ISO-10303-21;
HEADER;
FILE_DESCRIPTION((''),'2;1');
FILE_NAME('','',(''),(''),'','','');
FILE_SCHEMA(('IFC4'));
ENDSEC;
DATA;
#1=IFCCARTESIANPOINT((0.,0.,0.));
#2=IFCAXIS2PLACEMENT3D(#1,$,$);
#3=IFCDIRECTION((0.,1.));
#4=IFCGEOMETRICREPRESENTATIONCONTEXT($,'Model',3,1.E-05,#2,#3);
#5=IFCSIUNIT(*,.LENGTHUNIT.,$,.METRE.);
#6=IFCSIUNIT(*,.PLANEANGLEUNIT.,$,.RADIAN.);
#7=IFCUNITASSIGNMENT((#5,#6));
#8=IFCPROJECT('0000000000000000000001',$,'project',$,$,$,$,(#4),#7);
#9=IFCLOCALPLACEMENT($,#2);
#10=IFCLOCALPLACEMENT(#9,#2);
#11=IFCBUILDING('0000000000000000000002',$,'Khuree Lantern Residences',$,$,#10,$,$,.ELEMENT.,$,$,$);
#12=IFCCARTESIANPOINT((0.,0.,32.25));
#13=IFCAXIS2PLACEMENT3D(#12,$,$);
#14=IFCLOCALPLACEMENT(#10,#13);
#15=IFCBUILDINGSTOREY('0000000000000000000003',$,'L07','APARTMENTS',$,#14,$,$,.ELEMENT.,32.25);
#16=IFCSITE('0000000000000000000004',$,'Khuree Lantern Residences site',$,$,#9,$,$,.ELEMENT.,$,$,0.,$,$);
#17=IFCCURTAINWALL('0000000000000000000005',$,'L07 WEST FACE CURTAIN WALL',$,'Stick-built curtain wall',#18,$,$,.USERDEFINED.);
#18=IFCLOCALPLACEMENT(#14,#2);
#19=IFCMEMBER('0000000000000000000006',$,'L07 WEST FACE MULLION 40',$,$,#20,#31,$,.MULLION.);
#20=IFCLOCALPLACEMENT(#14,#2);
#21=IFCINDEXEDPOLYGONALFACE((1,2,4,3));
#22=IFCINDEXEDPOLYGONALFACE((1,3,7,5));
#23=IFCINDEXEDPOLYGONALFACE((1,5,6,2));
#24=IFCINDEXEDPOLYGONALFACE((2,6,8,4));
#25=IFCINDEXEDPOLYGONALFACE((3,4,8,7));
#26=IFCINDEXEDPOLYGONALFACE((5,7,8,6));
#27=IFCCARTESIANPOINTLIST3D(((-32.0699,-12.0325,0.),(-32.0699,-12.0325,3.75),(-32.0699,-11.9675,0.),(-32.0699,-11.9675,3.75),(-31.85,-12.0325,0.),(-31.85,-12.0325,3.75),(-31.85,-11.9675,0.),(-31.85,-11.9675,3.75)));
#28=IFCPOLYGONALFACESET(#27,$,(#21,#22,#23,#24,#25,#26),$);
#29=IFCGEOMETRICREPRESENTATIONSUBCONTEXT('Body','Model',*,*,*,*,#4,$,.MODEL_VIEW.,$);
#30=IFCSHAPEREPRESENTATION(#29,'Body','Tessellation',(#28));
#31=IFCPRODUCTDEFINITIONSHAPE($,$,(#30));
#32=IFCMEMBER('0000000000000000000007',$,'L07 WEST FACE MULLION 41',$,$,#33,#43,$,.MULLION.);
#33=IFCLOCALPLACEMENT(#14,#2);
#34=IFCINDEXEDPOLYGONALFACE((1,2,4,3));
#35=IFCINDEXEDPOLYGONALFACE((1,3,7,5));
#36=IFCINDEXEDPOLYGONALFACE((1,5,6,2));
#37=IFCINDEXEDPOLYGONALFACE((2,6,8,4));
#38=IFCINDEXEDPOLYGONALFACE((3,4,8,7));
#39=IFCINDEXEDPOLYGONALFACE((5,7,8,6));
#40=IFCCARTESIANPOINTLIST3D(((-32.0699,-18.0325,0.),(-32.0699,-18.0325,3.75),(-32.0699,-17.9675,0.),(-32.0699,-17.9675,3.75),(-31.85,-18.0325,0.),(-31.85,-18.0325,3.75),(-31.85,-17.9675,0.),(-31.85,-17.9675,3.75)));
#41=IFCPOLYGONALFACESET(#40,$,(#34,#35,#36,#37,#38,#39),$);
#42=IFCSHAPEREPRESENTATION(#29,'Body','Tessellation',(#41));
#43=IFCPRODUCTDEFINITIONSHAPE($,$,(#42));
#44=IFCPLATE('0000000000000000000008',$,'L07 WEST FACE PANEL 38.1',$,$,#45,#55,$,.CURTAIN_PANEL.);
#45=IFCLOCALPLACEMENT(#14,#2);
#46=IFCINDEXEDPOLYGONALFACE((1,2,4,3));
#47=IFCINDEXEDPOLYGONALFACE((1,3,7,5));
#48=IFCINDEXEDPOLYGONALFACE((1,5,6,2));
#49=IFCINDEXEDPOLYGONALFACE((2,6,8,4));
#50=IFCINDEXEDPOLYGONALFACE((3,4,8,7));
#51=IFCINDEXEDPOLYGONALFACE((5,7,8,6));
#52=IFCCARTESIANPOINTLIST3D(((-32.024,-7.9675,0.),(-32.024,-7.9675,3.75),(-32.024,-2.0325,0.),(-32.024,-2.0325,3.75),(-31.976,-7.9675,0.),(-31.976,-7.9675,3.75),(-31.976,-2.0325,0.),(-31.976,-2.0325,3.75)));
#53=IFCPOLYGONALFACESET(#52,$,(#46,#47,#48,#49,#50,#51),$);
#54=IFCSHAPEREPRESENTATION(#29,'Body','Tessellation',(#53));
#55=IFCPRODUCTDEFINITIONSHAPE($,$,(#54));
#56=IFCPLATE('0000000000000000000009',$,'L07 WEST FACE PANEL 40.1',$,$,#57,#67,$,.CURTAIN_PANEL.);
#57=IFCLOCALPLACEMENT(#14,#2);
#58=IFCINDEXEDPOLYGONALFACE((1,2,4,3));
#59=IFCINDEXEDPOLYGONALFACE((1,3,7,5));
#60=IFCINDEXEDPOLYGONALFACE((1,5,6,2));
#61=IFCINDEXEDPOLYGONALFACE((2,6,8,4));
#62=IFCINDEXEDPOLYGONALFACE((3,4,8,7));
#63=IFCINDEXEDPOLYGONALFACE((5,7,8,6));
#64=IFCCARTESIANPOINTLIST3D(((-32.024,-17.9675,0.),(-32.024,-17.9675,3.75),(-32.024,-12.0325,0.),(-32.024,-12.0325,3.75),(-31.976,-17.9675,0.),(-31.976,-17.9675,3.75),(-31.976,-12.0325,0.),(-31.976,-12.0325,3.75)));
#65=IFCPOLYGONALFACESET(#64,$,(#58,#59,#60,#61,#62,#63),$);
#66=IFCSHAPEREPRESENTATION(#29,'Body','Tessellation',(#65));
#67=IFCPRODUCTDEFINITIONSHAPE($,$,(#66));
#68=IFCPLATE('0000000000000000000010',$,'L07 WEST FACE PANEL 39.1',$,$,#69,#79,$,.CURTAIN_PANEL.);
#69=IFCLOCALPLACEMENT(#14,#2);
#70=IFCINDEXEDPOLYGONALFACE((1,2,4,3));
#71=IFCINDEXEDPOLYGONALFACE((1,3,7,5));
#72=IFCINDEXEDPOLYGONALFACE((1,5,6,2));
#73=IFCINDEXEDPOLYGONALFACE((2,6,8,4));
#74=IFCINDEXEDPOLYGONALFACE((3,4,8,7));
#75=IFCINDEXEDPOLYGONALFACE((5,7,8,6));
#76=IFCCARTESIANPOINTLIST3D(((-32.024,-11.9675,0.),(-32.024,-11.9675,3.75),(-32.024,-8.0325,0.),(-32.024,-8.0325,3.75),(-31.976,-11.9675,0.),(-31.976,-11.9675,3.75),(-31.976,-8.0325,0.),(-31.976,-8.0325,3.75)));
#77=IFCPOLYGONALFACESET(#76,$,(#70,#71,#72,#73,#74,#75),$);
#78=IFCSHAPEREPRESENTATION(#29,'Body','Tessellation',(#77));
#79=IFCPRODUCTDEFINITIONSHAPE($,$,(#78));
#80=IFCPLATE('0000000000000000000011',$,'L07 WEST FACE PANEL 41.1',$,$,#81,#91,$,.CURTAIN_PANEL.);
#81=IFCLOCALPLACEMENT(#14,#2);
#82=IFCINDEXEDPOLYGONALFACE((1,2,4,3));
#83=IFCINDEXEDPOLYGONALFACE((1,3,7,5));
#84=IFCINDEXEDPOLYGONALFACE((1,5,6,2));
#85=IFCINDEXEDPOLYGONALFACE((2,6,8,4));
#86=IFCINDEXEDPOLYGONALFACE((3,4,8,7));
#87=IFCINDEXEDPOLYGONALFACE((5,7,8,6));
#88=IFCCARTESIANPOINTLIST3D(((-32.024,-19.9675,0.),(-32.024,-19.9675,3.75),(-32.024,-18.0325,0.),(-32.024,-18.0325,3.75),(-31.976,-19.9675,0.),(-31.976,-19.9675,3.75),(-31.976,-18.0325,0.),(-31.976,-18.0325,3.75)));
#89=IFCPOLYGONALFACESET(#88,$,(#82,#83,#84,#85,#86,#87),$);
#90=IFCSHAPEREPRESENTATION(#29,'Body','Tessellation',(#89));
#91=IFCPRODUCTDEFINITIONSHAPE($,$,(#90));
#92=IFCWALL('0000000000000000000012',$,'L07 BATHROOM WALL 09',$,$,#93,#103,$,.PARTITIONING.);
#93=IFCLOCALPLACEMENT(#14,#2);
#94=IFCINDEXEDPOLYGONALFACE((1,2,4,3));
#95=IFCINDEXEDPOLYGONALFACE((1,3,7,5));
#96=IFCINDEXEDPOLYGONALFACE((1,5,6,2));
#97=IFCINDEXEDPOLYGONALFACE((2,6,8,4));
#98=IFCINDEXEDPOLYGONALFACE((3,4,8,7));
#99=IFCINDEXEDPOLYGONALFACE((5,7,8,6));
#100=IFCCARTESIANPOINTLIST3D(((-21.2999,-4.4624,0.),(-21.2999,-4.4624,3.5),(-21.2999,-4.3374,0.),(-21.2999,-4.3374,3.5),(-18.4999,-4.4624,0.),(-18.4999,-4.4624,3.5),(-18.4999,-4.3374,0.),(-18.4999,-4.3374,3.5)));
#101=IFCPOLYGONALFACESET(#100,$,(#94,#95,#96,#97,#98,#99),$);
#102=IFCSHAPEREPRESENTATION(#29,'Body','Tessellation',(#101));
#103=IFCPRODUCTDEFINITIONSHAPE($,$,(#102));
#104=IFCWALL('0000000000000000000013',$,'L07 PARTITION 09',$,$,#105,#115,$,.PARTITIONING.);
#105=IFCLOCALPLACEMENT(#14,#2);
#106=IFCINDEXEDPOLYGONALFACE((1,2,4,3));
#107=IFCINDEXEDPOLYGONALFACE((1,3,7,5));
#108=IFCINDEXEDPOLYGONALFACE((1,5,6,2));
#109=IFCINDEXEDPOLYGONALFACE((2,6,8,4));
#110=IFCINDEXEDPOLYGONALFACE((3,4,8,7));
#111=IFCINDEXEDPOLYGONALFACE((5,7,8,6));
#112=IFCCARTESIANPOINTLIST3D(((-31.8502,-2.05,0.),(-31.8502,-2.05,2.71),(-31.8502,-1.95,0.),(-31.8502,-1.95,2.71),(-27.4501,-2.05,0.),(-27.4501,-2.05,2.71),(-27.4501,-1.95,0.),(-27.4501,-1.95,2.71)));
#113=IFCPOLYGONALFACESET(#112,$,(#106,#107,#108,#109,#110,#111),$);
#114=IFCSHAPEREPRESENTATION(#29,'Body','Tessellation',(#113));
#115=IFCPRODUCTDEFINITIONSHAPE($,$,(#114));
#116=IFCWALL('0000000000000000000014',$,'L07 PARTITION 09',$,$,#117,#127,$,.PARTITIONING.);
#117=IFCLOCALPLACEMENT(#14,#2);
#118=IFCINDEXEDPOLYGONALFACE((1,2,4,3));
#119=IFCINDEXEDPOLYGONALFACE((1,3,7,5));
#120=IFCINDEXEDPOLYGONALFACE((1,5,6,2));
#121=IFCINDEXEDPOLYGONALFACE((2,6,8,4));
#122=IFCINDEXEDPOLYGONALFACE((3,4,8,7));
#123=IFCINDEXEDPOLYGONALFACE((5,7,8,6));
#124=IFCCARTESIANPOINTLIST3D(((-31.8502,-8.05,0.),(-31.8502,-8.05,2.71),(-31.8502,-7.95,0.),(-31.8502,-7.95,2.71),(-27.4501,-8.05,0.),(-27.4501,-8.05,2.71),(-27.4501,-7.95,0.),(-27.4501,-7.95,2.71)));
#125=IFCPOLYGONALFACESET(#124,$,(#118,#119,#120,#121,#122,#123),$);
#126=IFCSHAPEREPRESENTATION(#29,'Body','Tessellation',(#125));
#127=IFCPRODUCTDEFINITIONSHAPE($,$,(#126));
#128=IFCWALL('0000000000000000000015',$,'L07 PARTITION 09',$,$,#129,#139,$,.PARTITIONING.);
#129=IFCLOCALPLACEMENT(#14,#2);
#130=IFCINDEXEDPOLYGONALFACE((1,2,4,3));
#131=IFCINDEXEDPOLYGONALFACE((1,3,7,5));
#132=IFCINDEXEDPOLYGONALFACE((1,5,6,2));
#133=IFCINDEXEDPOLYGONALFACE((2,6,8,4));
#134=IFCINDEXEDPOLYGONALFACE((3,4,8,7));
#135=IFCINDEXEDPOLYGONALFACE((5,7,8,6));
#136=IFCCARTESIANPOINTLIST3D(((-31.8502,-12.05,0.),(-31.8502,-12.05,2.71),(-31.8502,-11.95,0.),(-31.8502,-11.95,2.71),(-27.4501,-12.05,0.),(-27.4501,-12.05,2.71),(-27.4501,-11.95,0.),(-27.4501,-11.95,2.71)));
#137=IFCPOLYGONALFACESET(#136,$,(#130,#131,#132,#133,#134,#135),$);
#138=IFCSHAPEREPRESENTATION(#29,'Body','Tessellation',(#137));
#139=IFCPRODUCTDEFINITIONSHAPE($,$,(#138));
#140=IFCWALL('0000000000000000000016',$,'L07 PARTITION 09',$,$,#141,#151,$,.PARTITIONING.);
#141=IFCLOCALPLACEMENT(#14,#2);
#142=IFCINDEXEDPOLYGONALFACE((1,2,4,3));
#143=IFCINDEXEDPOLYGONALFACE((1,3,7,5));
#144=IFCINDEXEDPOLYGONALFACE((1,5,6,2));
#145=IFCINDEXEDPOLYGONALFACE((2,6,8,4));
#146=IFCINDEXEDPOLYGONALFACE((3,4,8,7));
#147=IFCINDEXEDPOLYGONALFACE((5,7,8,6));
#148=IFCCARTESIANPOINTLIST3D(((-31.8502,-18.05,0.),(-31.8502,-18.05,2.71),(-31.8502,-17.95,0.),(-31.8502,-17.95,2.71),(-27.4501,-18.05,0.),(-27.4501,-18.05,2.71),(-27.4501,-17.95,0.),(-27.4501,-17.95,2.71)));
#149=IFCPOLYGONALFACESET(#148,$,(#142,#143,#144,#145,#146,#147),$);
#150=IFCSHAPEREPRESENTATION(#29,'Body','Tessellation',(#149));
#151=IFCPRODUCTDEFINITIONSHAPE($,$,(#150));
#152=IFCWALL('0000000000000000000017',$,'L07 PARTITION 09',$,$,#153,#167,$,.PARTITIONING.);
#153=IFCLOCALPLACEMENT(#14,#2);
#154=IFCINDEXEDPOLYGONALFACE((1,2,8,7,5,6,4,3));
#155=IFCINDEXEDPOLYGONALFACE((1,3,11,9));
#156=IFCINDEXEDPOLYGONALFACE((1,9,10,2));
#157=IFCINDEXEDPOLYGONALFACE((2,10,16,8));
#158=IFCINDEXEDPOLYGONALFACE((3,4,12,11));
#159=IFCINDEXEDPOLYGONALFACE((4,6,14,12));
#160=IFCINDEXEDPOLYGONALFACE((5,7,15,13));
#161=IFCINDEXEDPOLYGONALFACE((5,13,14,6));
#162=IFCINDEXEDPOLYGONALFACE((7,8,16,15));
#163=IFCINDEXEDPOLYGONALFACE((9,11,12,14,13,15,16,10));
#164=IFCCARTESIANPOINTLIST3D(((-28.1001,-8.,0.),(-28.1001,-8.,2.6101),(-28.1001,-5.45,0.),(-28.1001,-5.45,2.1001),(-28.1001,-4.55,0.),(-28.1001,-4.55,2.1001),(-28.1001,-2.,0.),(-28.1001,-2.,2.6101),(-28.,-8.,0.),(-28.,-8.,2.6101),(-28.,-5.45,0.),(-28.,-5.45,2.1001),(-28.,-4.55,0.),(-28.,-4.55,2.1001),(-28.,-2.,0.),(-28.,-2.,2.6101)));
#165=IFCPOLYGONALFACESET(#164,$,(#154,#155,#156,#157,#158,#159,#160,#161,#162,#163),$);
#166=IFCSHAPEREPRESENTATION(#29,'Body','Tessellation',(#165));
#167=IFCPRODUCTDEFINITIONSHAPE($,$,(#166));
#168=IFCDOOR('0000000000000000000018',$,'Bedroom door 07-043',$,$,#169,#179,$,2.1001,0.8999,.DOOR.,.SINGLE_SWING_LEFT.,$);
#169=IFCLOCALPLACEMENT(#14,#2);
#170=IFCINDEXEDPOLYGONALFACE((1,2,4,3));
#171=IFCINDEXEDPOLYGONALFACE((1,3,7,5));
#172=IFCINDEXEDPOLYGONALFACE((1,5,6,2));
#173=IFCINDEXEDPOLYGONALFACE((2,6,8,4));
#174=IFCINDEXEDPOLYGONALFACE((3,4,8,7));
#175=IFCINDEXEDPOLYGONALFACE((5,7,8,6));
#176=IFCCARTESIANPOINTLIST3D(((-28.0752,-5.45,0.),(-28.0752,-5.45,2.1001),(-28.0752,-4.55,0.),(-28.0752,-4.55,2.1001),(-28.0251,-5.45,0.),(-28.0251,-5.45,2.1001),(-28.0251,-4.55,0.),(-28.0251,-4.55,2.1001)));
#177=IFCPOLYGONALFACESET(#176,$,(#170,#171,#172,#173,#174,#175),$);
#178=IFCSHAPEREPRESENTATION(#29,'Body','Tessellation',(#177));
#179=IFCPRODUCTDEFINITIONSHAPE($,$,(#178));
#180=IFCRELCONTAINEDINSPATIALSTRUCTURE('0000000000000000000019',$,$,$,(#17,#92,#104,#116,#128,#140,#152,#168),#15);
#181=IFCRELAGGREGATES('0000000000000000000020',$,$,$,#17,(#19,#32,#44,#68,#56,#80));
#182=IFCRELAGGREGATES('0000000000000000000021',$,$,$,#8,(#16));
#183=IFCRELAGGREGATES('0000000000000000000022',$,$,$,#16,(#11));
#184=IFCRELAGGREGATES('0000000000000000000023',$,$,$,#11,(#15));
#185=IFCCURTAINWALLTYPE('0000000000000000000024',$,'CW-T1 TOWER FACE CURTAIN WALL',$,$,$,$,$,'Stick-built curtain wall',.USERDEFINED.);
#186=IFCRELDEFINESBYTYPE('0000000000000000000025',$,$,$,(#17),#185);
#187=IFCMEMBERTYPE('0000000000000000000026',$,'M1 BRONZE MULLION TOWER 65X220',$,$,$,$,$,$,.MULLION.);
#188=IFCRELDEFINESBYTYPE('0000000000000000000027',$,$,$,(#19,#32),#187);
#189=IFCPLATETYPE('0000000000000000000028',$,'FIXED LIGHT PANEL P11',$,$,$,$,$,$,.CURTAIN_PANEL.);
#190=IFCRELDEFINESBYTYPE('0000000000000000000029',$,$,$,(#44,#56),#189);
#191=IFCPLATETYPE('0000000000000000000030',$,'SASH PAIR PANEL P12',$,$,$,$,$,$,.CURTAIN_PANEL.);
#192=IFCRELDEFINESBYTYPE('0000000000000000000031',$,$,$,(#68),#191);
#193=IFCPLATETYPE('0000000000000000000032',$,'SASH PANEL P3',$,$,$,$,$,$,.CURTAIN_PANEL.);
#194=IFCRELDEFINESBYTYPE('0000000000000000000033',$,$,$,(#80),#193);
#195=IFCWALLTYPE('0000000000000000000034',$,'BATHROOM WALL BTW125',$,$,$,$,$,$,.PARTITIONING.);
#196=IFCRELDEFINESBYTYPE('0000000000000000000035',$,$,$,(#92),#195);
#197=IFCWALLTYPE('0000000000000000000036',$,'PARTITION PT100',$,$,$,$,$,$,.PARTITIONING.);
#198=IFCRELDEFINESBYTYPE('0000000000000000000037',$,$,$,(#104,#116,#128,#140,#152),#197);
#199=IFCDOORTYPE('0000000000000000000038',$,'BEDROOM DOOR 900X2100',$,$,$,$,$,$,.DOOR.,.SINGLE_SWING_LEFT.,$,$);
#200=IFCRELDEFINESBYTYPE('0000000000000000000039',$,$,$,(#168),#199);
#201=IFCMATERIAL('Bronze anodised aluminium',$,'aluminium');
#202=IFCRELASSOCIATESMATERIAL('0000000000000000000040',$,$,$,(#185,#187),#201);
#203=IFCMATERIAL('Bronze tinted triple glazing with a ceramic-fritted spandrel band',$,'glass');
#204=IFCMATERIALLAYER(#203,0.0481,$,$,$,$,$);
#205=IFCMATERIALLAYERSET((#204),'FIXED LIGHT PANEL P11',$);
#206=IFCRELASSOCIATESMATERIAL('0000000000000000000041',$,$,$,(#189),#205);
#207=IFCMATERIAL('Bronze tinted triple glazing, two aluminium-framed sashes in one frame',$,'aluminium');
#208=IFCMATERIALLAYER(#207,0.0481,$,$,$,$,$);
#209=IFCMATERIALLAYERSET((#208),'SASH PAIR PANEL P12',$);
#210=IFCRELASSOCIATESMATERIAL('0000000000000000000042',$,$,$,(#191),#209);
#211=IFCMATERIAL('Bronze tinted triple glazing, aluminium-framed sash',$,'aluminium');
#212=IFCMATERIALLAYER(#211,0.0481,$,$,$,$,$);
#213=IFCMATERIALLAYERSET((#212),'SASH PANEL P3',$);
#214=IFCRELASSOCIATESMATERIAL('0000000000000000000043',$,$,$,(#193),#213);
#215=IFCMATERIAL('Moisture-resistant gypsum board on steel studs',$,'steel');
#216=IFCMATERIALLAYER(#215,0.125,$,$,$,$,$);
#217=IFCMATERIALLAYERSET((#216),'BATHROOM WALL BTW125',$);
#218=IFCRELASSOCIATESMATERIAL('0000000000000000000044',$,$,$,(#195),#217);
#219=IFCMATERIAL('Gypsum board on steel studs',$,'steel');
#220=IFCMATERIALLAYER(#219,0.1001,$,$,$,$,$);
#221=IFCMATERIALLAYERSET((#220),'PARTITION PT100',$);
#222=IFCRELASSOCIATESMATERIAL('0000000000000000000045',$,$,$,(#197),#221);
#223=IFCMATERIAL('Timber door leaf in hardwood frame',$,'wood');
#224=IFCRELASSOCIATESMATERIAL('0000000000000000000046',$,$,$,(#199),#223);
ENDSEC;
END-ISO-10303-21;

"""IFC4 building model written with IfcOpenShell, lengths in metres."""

from ifc_helpers import new_model, si_unit, direction, frame, frame_2d, origin, origin_2d, place, context, subcontext, project, spatial, rectangle, extrude, material, layer, layer_set, material_profile, profile_set, type_object, element, fill, aggregate, save


model = new_model("IFC4")

# Units and contexts
model_context = context("Model", 3, precision=1e-05, world=origin(), true_north=direction((0.0, 1.0)))
body_context = subcontext(model_context, "Body", "Model", "MODEL_VIEW")
ifc_project = project(units=[si_unit("LENGTHUNIT", "METRE"), si_unit("PLANEANGLEUNIT", "RADIAN")], contexts=[model_context])

# Site, building, storey
site_placement = place(None, origin())
site = spatial("IfcSite", under=ifc_project, at=site_placement, Name="Khuree Lantern Residences site", CompositionType="ELEMENT", RefElevation=0.0)
building_placement = place(site_placement, origin())
building = spatial("IfcBuilding", under=site, at=building_placement, Name="Khuree Lantern Residences", CompositionType="ELEMENT")
storey_placement = place(building_placement, frame((0.0, 0.0, 32.25)))
storey = spatial("IfcBuildingStorey", under=building, at=storey_placement, Name="L07", Description="APARTMENTS", CompositionType="ELEMENT", Elevation=32.25)

# Curtain wall
ifc_material_1 = material(Name="Bronze anodised aluminium", Category="aluminium")
curtain_wall_type = type_object("IfcCurtainWallType", Name="CW-T1 TOWER FACE CURTAIN WALL", ElementType="Stick-built curtain wall", PredefinedType="USERDEFINED", material=ifc_material_1)
curtain_wall_placement = place(storey_placement, origin())
curtain_wall = element("IfcCurtainWall", 1, at=curtain_wall_placement, inside=storey, type_object=curtain_wall_type, Name="L07 WEST FACE CURTAIN WALL", ObjectType="Stick-built curtain wall", PredefinedType="USERDEFINED")

# Members
ifc_material_profile_1 = material_profile(ifc_material_1, rectangle(XDim=0.0649, YDim=0.22, at=origin_2d()), Name="M1 65X220")
ifc_profile_set_1 = profile_set([ifc_material_profile_1], Name="Bronze anodised aluminium")
member_type_1 = type_object("IfcMemberType", Name="M1 BRONZE MULLION TOWER 65X220", PredefinedType="MULLION", material=ifc_profile_set_1)
member_1_placement = place(storey_placement, frame((-31.96, -12.0, 0.0), z_axis=(0.0, 0.0, 1.0), x_axis=(0.0, -1.0, 0.0)))
member_1 = element("IfcMember", 2, at=member_1_placement, type_object=member_type_1, Name="L07 WEST FACE MULLION 40", PredefinedType="MULLION", context=body_context, shape_type="SweptSolid", body=[
    extrude(rectangle(XDim=0.0649, YDim=0.22, at=origin_2d()), origin(), (0.0, 0.0, 1.0), 3.75),
])
member_2_placement = place(storey_placement, frame((-31.96, -18.0, 0.0), z_axis=(0.0, 0.0, 1.0), x_axis=(0.0, -1.0, 0.0)))
member_2 = element("IfcMember", 3, at=member_2_placement, type_object=member_type_1, Name="L07 WEST FACE MULLION 41", PredefinedType="MULLION", context=body_context, shape_type="SweptSolid", body=[
    extrude(rectangle(XDim=0.0649, YDim=0.22, at=origin_2d()), origin(), (0.0, 0.0, 1.0), 3.75),
])

# Plates
ifc_material_2 = material(Name="Bronze tinted triple glazing with a ceramic-fritted spandrel band", Category="glass")
ifc_layer_1 = layer(ifc_material_2, 0.0481)
ifc_layer_set_1 = layer_set([ifc_layer_1], Name="FIXED LIGHT PANEL P11")
plate_type_1 = type_object("IfcPlateType", Name="FIXED LIGHT PANEL P11", PredefinedType="CURTAIN_PANEL", material=ifc_layer_set_1)
plate_1_placement = place(storey_placement, frame((-32.0, -5.0, 0.0), z_axis=(0.0, 0.0, 1.0), x_axis=(0.0, -1.0, 0.0)))
plate_1 = element("IfcPlate", 4, at=plate_1_placement, type_object=plate_type_1, Name="L07 WEST FACE PANEL 38.1", PredefinedType="CURTAIN_PANEL", context=body_context, shape_type="SweptSolid", body=[
    extrude(rectangle(XDim=5.9351, YDim=0.0481, at=origin_2d()), origin(), (0.0, 0.0, 1.0), 3.75),
])
plate_2_placement = place(storey_placement, frame((-32.0, -15.0, 0.0), z_axis=(0.0, 0.0, 1.0), x_axis=(0.0, -1.0, 0.0)))
plate_2 = element("IfcPlate", 5, at=plate_2_placement, type_object=plate_type_1, Name="L07 WEST FACE PANEL 40.1", PredefinedType="CURTAIN_PANEL", context=body_context, shape_type="SweptSolid", body=[
    extrude(rectangle(XDim=5.9351, YDim=0.0481, at=origin_2d()), origin(), (0.0, 0.0, 1.0), 3.75),
])
ifc_material_3 = material(Name="Bronze tinted triple glazing, two aluminium-framed sashes in one frame", Category="aluminium")
ifc_layer_2 = layer(ifc_material_3, 0.0481)
ifc_layer_set_2 = layer_set([ifc_layer_2], Name="SASH PAIR PANEL P12")
plate_type_2 = type_object("IfcPlateType", Name="SASH PAIR PANEL P12", PredefinedType="CURTAIN_PANEL", material=ifc_layer_set_2)
plate_3_placement = place(storey_placement, frame((-32.0, -10.0, 0.0), z_axis=(0.0, 0.0, 1.0), x_axis=(0.0, -1.0, 0.0)))
plate_3 = element("IfcPlate", 6, at=plate_3_placement, type_object=plate_type_2, Name="L07 WEST FACE PANEL 39.1", PredefinedType="CURTAIN_PANEL", context=body_context, shape_type="SweptSolid", body=[
    extrude(rectangle(XDim=3.9351, YDim=0.0481, at=origin_2d()), origin(), (0.0, 0.0, 1.0), 3.75),
])
ifc_material_4 = material(Name="Bronze tinted triple glazing, aluminium-framed sash", Category="aluminium")
ifc_layer_3 = layer(ifc_material_4, 0.0481)
ifc_layer_set_3 = layer_set([ifc_layer_3], Name="SASH PANEL P3")
plate_type_3 = type_object("IfcPlateType", Name="SASH PANEL P3", PredefinedType="CURTAIN_PANEL", material=ifc_layer_set_3)
plate_4_placement = place(storey_placement, frame((-32.0, -19.0, 0.0), z_axis=(0.0, 0.0, 1.0), x_axis=(0.0, -1.0, 0.0)))
plate_4 = element("IfcPlate", 7, at=plate_4_placement, type_object=plate_type_3, Name="L07 WEST FACE PANEL 41.1", PredefinedType="CURTAIN_PANEL", context=body_context, shape_type="SweptSolid", body=[
    extrude(rectangle(XDim=1.9351, YDim=0.0481, at=origin_2d()), origin(), (0.0, 0.0, 1.0), 3.75),
])
aggregate(curtain_wall, [member_1, member_2, plate_1, plate_3, plate_2, plate_4])

# Walls
ifc_material_5 = material(Name="Moisture-resistant gypsum board on steel studs", Category="steel")
ifc_layer_4 = layer(ifc_material_5, 0.125)
ifc_layer_set_4 = layer_set([ifc_layer_4], Name="BATHROOM WALL BTW125")
wall_type_1 = type_object("IfcWallType", Name="BATHROOM WALL BTW125", PredefinedType="PARTITIONING", material=ifc_layer_set_4)
wall_1_placement = place(storey_placement, frame((-18.5, -4.3999, 0.0), z_axis=(0.0, 0.0, 1.0), x_axis=(-1.0, 0.0, 0.0)))
element("IfcWall", 8, at=wall_1_placement, inside=storey, type_object=wall_type_1, Name="L07 BATHROOM WALL 09", PredefinedType="PARTITIONING", context=body_context, shape_type="SweptSolid", body=[
    extrude(rectangle(XDim=2.8, YDim=0.125, at=frame_2d((1.3999, 0.0))), origin(), (0.0, 0.0, 1.0), 3.5),
])
ifc_material_6 = material(Name="Gypsum board on steel studs", Category="steel")
ifc_layer_5 = layer(ifc_material_6, 0.1001)
ifc_layer_set_5 = layer_set([ifc_layer_5], Name="PARTITION PT100")
wall_type_2 = type_object("IfcWallType", Name="PARTITION PT100", PredefinedType="PARTITIONING", material=ifc_layer_set_5)
for number, where, z_axis, x_axis, name in (
    (9, (-27.45, -2.0, 0.0), (0.0, 0.0, 1.0), (-1.0, 0.0, 0.0), "L07 PARTITION 09"),
    (10, (-27.45, -8.0, 0.0), (0.0, 0.0, 1.0), (-1.0, 0.0, 0.0), "L07 PARTITION 09"),
    (11, (-27.45, -12.0, 0.0), (0.0, 0.0, 1.0), (-1.0, 0.0, 0.0), "L07 PARTITION 09"),
    (12, (-27.45, -18.0, 0.0), (0.0, 0.0, 1.0), (-1.0, 0.0, 0.0), "L07 PARTITION 09"),
):
    element("IfcWall", number, at=place(storey_placement, frame(where, z_axis=z_axis, x_axis=x_axis)), inside=storey, type_object=wall_type_2, Name=name, PredefinedType="PARTITIONING", context=body_context, shape_type="SweptSolid", body=[
        extrude(rectangle(XDim=4.4001, YDim=0.1001, at=frame_2d((2.2002, 0.0))), origin(), (0.0, 0.0, 1.0), 2.71),
    ])

# Wall, opening, door
wall_2_placement = place(storey_placement, frame((-28.05, -2.0, 0.0), z_axis=(0.0, 0.0, 1.0), x_axis=(0.0, -1.0, 0.0)))
wall_2 = element("IfcWall", 13, at=wall_2_placement, inside=storey, type_object=wall_type_2, Name="L07 PARTITION 09", PredefinedType="PARTITIONING", context=body_context, shape_type="SweptSolid", body=[
    extrude(rectangle(XDim=6.0, YDim=0.1001, at=frame_2d((3.0, 0.0))), origin(), (0.0, 0.0, 1.0), 2.6101),
])
opening_1_placement = place(wall_2_placement, frame((2.55, 0.0, 0.0)))
opening_1 = element("IfcOpeningElement", 14, at=opening_1_placement, cuts=wall_2, PredefinedType="OPENING", context=body_context, shape_type="SweptSolid", body=[
    extrude(rectangle(XDim=0.8999, YDim=2.1001, at=frame_2d((0.45, 1.05))), frame((0.0, 0.0601, 0.0), z_axis=(0.0, -1.0, 0.0), x_axis=(1.0, 0.0, 0.0)), (0.0, 0.0, 1.0), 0.1201),
])
ifc_material_7 = material(Name="Timber door leaf in hardwood frame", Category="wood")
door_type = type_object("IfcDoorType", Name="BEDROOM DOOR 900X2100", OperationType="SINGLE_SWING_LEFT", PredefinedType="DOOR", material=ifc_material_7)
door_1_placement = place(opening_1_placement, origin())
door_1 = element("IfcDoor", 15, at=door_1_placement, inside=storey, type_object=door_type, Name="Bedroom door 07-043", OperationType="SINGLE_SWING_LEFT", OverallHeight=2.1001, OverallWidth=0.8999, PredefinedType="DOOR", context=body_context, shape_type="SweptSolid", body=[
    extrude(rectangle(XDim=0.8999, YDim=2.1001, at=frame_2d((0.45, 1.05))), frame((0.0, 0.0249, 0.0), z_axis=(0.0, -1.0, 0.0), x_axis=(1.0, 0.0, 0.0)), (0.0, 0.0, 1.0), 0.05),
])
fill(opening_1, door_1)

save(model, "model.ifc")
